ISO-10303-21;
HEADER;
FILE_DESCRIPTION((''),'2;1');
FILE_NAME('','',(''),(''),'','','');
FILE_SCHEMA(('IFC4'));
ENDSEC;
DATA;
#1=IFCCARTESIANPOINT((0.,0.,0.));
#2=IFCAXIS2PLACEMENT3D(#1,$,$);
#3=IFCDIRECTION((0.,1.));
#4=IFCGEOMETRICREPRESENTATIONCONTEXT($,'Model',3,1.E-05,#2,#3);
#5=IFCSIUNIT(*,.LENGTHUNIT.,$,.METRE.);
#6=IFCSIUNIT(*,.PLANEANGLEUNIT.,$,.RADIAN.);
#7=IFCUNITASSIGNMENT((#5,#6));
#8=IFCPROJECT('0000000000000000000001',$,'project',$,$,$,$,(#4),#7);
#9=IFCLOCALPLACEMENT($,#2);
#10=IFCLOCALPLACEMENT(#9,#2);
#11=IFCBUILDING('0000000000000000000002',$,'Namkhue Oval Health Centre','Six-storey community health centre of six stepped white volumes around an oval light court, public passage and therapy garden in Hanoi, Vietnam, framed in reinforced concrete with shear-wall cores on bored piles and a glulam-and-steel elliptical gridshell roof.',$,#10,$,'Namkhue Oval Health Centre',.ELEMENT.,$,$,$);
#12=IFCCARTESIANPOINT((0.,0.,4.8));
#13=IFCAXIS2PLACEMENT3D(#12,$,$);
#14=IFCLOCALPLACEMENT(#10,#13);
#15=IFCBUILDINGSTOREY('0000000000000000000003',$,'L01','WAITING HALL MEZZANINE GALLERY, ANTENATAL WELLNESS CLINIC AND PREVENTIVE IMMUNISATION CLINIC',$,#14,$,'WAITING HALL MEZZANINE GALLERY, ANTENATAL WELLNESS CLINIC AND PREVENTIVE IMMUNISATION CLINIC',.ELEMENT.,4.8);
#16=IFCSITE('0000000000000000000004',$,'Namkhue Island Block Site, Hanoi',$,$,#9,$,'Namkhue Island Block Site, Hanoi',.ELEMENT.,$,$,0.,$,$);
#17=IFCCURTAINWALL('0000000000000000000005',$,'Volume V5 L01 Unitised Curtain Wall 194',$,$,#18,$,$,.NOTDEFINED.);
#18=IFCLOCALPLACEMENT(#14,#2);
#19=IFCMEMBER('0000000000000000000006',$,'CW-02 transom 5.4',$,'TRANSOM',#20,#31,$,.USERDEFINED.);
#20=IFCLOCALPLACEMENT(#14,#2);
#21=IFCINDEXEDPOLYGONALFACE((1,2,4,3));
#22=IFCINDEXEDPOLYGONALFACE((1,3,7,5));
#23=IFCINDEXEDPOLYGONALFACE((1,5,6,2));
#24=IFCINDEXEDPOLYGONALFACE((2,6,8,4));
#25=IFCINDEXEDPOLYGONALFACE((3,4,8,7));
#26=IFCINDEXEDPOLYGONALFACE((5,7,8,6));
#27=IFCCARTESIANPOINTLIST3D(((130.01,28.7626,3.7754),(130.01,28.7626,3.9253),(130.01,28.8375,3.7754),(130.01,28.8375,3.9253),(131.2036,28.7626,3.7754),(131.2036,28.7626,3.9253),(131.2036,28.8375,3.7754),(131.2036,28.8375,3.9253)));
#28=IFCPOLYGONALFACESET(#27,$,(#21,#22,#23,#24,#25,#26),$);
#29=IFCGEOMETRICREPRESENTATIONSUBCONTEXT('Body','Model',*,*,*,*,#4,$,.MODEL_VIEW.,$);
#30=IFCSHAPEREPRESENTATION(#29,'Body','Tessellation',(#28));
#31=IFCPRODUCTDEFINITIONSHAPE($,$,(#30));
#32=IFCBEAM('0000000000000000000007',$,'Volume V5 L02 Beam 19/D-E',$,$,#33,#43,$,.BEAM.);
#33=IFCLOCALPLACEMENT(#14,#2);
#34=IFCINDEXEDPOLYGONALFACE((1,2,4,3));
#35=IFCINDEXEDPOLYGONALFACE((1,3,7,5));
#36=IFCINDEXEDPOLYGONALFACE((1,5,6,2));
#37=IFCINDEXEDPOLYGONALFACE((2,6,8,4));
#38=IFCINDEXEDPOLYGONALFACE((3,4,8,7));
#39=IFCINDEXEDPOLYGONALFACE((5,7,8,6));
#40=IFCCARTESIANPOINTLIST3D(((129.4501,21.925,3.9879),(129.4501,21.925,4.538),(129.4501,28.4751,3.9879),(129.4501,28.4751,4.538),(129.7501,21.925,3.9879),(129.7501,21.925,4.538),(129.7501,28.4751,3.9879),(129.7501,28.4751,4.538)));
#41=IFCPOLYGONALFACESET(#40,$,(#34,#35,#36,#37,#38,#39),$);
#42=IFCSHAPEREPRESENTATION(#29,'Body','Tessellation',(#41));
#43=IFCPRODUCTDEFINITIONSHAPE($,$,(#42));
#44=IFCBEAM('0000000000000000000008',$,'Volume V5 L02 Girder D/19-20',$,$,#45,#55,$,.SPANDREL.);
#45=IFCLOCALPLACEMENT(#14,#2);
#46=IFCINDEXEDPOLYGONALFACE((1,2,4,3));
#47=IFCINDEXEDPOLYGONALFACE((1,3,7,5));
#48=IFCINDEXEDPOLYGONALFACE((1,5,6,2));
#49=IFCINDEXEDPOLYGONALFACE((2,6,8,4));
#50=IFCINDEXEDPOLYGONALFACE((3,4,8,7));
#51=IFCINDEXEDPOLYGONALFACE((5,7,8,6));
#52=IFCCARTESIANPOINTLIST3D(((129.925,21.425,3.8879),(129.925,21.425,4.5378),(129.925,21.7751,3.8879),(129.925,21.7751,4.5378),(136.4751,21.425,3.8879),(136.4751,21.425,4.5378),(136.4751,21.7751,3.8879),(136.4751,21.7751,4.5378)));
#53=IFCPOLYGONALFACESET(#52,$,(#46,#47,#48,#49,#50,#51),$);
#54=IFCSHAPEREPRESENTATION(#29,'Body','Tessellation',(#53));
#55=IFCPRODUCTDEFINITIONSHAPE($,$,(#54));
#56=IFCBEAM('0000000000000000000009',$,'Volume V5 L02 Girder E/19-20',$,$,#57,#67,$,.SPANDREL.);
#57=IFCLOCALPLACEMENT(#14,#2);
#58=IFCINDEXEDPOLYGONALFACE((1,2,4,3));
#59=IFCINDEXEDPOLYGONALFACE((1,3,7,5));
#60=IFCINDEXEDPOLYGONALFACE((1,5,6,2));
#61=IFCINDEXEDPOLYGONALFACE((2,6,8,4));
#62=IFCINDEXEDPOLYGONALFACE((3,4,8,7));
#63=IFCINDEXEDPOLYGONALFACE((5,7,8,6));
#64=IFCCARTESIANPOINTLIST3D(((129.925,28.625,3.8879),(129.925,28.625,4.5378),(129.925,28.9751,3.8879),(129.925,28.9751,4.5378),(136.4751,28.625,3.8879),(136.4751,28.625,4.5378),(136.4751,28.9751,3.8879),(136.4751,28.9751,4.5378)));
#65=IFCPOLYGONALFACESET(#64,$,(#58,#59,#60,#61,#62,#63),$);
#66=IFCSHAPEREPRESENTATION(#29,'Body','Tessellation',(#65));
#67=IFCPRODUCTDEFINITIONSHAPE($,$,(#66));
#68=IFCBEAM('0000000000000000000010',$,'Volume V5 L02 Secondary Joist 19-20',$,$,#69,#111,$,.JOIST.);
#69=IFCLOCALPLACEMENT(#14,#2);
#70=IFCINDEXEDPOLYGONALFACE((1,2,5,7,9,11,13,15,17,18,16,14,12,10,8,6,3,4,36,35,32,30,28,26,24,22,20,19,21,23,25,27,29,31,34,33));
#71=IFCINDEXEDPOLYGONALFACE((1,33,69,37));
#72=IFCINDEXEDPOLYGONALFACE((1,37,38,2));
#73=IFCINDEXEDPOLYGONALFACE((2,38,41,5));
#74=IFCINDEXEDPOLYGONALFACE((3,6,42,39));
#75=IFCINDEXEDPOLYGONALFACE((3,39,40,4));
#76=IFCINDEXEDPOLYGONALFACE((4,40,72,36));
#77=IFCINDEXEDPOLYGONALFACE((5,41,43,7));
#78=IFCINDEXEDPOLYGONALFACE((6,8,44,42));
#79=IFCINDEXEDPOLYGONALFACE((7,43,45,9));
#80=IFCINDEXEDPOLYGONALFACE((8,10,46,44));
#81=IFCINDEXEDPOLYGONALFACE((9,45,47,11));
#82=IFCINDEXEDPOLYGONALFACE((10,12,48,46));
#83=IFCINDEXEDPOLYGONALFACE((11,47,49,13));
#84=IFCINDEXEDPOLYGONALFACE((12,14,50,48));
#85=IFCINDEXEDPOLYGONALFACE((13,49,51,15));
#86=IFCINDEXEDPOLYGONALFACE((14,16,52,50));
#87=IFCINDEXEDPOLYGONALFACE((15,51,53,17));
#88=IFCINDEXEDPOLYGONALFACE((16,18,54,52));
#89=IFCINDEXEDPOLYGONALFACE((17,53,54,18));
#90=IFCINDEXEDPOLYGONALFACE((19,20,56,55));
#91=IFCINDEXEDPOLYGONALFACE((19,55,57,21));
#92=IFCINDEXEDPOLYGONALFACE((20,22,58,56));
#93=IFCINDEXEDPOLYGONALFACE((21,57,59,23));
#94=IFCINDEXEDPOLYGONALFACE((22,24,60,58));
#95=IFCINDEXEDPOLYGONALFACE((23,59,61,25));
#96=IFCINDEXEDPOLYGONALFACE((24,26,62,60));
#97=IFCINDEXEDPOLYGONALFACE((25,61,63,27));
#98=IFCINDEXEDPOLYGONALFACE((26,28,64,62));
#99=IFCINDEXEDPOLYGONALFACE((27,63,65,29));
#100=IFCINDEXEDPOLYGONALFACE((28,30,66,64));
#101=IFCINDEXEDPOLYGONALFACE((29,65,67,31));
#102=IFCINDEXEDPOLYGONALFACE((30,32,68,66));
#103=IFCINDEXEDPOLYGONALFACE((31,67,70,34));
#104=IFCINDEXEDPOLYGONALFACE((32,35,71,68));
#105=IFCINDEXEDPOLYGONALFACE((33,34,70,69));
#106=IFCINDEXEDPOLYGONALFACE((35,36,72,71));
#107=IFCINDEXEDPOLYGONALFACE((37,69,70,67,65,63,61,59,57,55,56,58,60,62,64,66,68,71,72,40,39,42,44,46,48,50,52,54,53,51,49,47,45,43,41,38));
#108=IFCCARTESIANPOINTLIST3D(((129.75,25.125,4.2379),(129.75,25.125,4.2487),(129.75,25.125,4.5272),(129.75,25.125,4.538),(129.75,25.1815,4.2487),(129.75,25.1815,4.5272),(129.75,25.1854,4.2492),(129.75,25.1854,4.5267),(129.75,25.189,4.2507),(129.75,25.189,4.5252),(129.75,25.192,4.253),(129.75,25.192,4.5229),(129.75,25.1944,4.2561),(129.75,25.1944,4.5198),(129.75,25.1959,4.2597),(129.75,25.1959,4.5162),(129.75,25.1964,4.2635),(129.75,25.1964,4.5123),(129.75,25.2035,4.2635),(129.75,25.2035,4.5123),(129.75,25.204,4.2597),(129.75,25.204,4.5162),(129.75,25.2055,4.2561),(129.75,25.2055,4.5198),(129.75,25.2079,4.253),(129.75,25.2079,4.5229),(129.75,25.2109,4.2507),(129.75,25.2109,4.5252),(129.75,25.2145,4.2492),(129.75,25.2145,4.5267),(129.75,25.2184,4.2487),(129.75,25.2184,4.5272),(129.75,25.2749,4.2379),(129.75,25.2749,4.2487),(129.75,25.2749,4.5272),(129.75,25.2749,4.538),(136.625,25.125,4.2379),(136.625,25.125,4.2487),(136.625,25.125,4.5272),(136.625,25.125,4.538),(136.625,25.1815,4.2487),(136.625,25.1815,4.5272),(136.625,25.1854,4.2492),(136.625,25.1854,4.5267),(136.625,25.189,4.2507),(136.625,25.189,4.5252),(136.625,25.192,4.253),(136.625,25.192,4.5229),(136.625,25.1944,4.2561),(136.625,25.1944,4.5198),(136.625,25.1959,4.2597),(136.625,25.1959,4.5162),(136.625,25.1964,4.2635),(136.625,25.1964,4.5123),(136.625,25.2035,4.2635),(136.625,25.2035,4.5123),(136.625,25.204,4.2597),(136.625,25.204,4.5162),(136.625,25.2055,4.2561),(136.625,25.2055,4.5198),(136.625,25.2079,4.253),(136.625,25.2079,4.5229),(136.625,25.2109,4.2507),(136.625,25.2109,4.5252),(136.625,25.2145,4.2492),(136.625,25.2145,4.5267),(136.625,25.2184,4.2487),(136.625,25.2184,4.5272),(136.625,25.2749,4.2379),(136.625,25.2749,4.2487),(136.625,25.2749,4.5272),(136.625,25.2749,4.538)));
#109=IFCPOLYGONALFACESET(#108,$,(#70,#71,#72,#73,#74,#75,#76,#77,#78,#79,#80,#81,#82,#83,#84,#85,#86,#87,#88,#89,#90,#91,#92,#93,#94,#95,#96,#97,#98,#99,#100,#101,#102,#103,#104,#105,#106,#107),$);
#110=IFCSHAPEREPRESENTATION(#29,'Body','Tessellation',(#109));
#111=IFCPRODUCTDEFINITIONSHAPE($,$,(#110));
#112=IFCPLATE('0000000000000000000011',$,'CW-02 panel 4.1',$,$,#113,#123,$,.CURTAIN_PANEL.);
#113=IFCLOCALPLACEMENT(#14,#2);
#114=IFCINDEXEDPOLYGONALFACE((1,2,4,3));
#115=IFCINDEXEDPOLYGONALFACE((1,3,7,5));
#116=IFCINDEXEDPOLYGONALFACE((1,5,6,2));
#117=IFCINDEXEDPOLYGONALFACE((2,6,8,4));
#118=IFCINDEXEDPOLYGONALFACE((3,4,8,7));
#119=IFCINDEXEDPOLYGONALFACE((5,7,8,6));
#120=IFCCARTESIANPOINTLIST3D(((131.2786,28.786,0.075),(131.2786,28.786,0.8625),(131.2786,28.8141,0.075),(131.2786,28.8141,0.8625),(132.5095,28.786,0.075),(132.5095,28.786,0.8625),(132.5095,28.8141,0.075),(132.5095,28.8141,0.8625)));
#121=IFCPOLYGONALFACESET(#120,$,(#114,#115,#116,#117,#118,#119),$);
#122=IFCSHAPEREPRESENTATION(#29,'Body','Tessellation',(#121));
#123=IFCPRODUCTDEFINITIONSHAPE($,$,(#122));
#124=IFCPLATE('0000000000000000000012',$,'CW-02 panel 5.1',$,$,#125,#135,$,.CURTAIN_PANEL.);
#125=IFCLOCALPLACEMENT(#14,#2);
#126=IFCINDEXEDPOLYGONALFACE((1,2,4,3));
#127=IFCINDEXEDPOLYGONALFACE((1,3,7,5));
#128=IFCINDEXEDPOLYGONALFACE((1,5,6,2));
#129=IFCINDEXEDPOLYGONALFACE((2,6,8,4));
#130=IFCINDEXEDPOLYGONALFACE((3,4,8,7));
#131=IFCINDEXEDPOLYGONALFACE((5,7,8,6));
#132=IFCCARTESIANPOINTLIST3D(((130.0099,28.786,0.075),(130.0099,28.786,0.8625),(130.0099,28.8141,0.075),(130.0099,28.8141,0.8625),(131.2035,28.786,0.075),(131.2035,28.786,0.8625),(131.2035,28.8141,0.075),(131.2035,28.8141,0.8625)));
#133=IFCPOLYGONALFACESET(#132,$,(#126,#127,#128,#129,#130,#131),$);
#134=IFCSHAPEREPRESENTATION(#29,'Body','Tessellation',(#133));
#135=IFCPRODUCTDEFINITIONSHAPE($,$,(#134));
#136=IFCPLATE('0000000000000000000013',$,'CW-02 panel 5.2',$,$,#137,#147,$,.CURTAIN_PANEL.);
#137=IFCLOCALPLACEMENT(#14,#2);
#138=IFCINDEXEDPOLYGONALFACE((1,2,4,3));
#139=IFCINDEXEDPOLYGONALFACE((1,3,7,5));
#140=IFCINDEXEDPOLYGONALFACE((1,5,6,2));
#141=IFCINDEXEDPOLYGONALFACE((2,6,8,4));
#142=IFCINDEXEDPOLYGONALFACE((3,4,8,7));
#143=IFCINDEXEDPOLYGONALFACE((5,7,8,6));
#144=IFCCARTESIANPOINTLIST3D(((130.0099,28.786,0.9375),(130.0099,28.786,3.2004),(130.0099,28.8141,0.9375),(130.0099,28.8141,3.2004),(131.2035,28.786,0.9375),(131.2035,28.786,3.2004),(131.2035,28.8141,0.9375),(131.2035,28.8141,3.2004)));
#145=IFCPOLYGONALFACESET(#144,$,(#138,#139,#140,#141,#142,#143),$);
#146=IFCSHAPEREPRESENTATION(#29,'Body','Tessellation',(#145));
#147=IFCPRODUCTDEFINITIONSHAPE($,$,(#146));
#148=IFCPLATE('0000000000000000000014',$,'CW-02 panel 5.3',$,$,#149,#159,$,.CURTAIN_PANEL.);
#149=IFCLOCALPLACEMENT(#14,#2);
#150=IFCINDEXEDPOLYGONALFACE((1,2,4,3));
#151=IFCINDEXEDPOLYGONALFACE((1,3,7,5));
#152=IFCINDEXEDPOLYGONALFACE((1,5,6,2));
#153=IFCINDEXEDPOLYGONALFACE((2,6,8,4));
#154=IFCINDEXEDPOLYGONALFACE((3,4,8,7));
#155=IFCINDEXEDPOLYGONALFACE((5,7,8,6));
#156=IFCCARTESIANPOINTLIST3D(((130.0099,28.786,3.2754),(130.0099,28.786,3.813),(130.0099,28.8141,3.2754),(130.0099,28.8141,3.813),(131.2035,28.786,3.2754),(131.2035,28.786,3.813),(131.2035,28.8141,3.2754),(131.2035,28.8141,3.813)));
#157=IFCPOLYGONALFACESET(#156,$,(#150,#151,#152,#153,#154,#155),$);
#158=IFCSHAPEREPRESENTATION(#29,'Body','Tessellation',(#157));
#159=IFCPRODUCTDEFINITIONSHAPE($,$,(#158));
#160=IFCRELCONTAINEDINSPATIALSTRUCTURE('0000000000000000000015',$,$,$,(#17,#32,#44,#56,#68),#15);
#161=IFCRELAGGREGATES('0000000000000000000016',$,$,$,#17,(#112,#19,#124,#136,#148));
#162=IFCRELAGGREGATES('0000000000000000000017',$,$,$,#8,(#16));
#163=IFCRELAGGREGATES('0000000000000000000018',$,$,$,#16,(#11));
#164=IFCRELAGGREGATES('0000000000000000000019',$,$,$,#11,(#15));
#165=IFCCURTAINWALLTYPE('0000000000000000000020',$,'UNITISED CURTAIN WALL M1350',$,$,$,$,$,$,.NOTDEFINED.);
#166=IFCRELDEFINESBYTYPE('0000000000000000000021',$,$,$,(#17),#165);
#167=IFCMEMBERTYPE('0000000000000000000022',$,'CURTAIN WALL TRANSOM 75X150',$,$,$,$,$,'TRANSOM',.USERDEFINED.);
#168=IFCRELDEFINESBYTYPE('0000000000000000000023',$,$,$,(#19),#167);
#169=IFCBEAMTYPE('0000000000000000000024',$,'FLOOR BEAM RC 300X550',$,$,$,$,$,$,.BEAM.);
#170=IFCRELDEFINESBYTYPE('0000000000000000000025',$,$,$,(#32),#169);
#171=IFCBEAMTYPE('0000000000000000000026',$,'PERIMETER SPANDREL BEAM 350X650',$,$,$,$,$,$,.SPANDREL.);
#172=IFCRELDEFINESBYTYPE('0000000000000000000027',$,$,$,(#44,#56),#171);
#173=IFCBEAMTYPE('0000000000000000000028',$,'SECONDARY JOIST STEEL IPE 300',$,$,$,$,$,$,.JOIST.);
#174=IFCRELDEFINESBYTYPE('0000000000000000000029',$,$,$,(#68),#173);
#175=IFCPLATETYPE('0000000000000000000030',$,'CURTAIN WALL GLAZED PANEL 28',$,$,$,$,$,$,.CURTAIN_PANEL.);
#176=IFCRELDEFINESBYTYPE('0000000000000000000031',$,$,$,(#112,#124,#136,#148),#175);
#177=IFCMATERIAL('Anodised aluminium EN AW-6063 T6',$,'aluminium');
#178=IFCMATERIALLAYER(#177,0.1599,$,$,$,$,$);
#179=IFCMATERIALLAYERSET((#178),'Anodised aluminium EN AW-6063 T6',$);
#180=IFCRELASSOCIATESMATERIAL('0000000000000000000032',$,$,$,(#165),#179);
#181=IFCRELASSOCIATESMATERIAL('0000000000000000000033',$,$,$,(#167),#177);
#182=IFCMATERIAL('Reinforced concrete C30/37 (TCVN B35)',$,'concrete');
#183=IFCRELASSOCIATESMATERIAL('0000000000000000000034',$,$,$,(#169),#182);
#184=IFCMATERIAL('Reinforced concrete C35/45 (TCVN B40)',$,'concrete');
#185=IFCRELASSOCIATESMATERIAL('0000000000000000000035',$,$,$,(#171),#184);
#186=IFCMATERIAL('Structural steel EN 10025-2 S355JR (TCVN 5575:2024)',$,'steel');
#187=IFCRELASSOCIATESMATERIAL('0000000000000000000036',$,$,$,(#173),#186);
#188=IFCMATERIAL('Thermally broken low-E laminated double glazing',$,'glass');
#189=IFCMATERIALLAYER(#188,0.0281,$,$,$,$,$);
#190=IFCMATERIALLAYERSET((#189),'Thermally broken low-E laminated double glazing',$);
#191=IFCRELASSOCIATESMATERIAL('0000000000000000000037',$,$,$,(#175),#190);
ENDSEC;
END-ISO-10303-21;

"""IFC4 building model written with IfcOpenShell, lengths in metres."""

from ifc_helpers import new_model, si_unit, direction, frame, origin, origin_2d, place, context, subcontext, project, spatial, rectangle, i_section, extrude, material, layer, layer_set, material_profile, profile_set, type_object, element, aggregate, save


model = new_model("IFC4")

# Units and contexts
model_context = context("Model", 3, precision=1e-05, world=origin(), true_north=direction((0.0, 1.0)))
body_context = subcontext(model_context, "Body", "Model", "MODEL_VIEW")
ifc_project = project(units=[si_unit("LENGTHUNIT", "METRE"), si_unit("PLANEANGLEUNIT", "RADIAN")], contexts=[model_context])

# Site, building, storey
site_placement = place(None, origin())
site = spatial("IfcSite", under=ifc_project, at=site_placement, Name="Namkhue Island Block Site, Hanoi", LongName="Namkhue Island Block Site, Hanoi", CompositionType="ELEMENT", RefElevation=0.0)
building_placement = place(site_placement, origin())
building = spatial("IfcBuilding", under=site, at=building_placement, Name="Namkhue Oval Health Centre", Description="Six-storey community health centre of six stepped white volumes around an oval light court, public passage and therapy garden in Hanoi, Vietnam, framed in reinforced concrete with shear-wall cores on bored piles and a glulam-and-steel elliptical gridshell roof.", LongName="Namkhue Oval Health Centre", CompositionType="ELEMENT")
storey_placement = place(building_placement, frame((0.0, 0.0, 4.8)))
storey = spatial("IfcBuildingStorey", under=building, at=storey_placement, Name="L01", Description="WAITING HALL MEZZANINE GALLERY, ANTENATAL WELLNESS CLINIC AND PREVENTIVE IMMUNISATION CLINIC", LongName="WAITING HALL MEZZANINE GALLERY, ANTENATAL WELLNESS CLINIC AND PREVENTIVE IMMUNISATION CLINIC", CompositionType="ELEMENT", Elevation=4.8)

# Shared definitions
ifc_material_1 = material(Name="Reinforced concrete C35/45 (TCVN B40)", Category="concrete")

# Curtain wall, member
ifc_material_2 = material(Name="Anodised aluminium EN AW-6063 T6", Category="aluminium")
ifc_layer_1 = layer(ifc_material_2, 0.1599)
ifc_layer_set_1 = layer_set([ifc_layer_1], Name="Anodised aluminium EN AW-6063 T6")
curtain_wall_type = type_object("IfcCurtainWallType", Name="UNITISED CURTAIN WALL M1350", PredefinedType="NOTDEFINED", material=ifc_layer_set_1)
curtain_wall_placement = place(storey_placement, origin())
curtain_wall = element("IfcCurtainWall", 1, at=curtain_wall_placement, inside=storey, type_object=curtain_wall_type, Name="Volume V5 L01 Unitised Curtain Wall 194", PredefinedType="NOTDEFINED")
ifc_material_profile_1 = material_profile(ifc_material_2, rectangle(XDim=0.075, YDim=0.1499, at=origin_2d()), Name="ALU 75x150")
ifc_profile_set_1 = profile_set([ifc_material_profile_1], Name="Anodised aluminium EN AW-6063 T6")
member_type_1 = type_object("IfcMemberType", Name="CURTAIN WALL TRANSOM 75X150", ElementType="TRANSOM", PredefinedType="USERDEFINED", material=ifc_profile_set_1)
member_1_placement = place(storey_placement, frame((131.2036, 28.8, 3.8503), z_axis=(-1.0, 0.0, 0.0), x_axis=(0.0, -1.0, 0.0)))
member_1 = element("IfcMember", 2, at=member_1_placement, type_object=member_type_1, Name="CW-02 transom 5.4", ObjectType="TRANSOM", PredefinedType="USERDEFINED", context=body_context, shape_type="SweptSolid", body=[
    extrude(rectangle(XDim=0.075, YDim=0.1499, at=origin_2d()), origin(), (0.0, 0.0, 1.0), 1.1936),
])

# Beams
ifc_material_3 = material(Name="Reinforced concrete C30/37 (TCVN B35)", Category="concrete")
ifc_material_profile_2 = material_profile(ifc_material_3, rectangle(XDim=0.3, YDim=0.55, at=origin_2d()), Name="RC 300x550")
ifc_profile_set_2 = profile_set([ifc_material_profile_2], Name="Reinforced concrete C30/37 (TCVN B35)")
beam_type_1 = type_object("IfcBeamType", Name="FLOOR BEAM RC 300X550", PredefinedType="BEAM", material=ifc_profile_set_2)
beam_1_placement = place(storey_placement, frame((129.6001, 21.925, 4.2629), z_axis=(0.0, 1.0, 0.0), x_axis=(-1.0, 0.0, 0.0)))
element("IfcBeam", 3, at=beam_1_placement, inside=storey, type_object=beam_type_1, Name="Volume V5 L02 Beam 19/D-E", PredefinedType="BEAM", context=body_context, shape_type="SweptSolid", body=[
    extrude(rectangle(XDim=0.3, YDim=0.55, at=origin_2d()), origin(), (0.0, 0.0, 1.0), 6.55),
])
ifc_material_profile_3 = material_profile(ifc_material_1, rectangle(XDim=0.3501, YDim=0.6499, at=origin_2d()), Name="RC 350x650")
ifc_profile_set_3 = profile_set([ifc_material_profile_3], Name="Reinforced concrete C35/45 (TCVN B40)")
beam_type_2 = type_object("IfcBeamType", Name="PERIMETER SPANDREL BEAM 350X650", PredefinedType="SPANDREL", material=ifc_profile_set_3)
for number, where, z_axis, x_axis, name in (
    (4, (129.925, 21.6001, 4.2129), (1.0, 0.0, 0.0), (0.0, 1.0, 0.0), "Volume V5 L02 Girder D/19-20"),
    (5, (129.925, 28.8, 4.2129), (1.0, 0.0, 0.0), (0.0, 1.0, 0.0), "Volume V5 L02 Girder E/19-20"),
):
    element("IfcBeam", number, at=place(storey_placement, frame(where, z_axis=z_axis, x_axis=x_axis)), inside=storey, type_object=beam_type_2, Name=name, PredefinedType="SPANDREL", context=body_context, shape_type="SweptSolid", body=[
        extrude(rectangle(XDim=0.3501, YDim=0.6499, at=origin_2d()), origin(), (0.0, 0.0, 1.0), 6.55),
    ])
ifc_material_4 = material(Name="Structural steel EN 10025-2 S355JR (TCVN 5575:2024)", Category="steel")
ifc_material_profile_4 = material_profile(ifc_material_4, i_section(OverallWidth=0.1499, OverallDepth=0.3, WebThickness=0.0071, FlangeThickness=0.0107, FilletRadius=0.0149, at=origin_2d()), Name="IPE 300")
ifc_profile_set_4 = profile_set([ifc_material_profile_4], Name="Structural steel EN 10025-2 S355JR (TCVN 5575:2024)")
beam_type_3 = type_object("IfcBeamType", Name="SECONDARY JOIST STEEL IPE 300", PredefinedType="JOIST", material=ifc_profile_set_4)
beam_2_placement = place(storey_placement, frame((129.75, 25.2, 4.3879), z_axis=(1.0, 0.0, 0.0), x_axis=(0.0, 1.0, 0.0)))
element("IfcBeam", 6, at=beam_2_placement, inside=storey, type_object=beam_type_3, Name="Volume V5 L02 Secondary Joist 19-20", PredefinedType="JOIST", context=body_context, shape_type="SweptSolid", body=[
    extrude(i_section(OverallWidth=0.1499, OverallDepth=0.3, WebThickness=0.0071, FlangeThickness=0.0107, FilletRadius=0.0149, at=origin_2d()), origin(), (0.0, 0.0, 1.0), 6.875),
])

# Plates
ifc_material_5 = material(Name="Thermally broken low-E laminated double glazing", Category="glass")
ifc_layer_2 = layer(ifc_material_5, 0.0281)
ifc_layer_set_2 = layer_set([ifc_layer_2], Name="Thermally broken low-E laminated double glazing")
plate_type = type_object("IfcPlateType", Name="CURTAIN WALL GLAZED PANEL 28", PredefinedType="CURTAIN_PANEL", material=ifc_layer_set_2)
plate_1_placement = place(storey_placement, frame((131.894, 28.8, 0.075), z_axis=(0.0, 0.0, 1.0), x_axis=(-1.0, 0.0, 0.0)))
plate_1 = element("IfcPlate", 7, at=plate_1_placement, type_object=plate_type, Name="CW-02 panel 4.1", PredefinedType="CURTAIN_PANEL", context=body_context, shape_type="SweptSolid", body=[
    extrude(rectangle(XDim=1.231, YDim=0.0281, at=origin_2d()), origin(), (0.0, 0.0, 1.0), 0.7876),
])
plate_2_placement = place(storey_placement, frame((130.6067, 28.8, 0.075), z_axis=(0.0, 0.0, 1.0), x_axis=(-1.0, 0.0, 0.0)))
plate_2 = element("IfcPlate", 8, at=plate_2_placement, type_object=plate_type, Name="CW-02 panel 5.1", PredefinedType="CURTAIN_PANEL", context=body_context, shape_type="SweptSolid", body=[
    extrude(rectangle(XDim=1.1936, YDim=0.0281, at=origin_2d()), origin(), (0.0, 0.0, 1.0), 0.7876),
])
plate_3_placement = place(storey_placement, frame((130.6067, 28.8, 0.9375), z_axis=(0.0, 0.0, 1.0), x_axis=(-1.0, 0.0, 0.0)))
plate_3 = element("IfcPlate", 9, at=plate_3_placement, type_object=plate_type, Name="CW-02 panel 5.2", PredefinedType="CURTAIN_PANEL", context=body_context, shape_type="SweptSolid", body=[
    extrude(rectangle(XDim=1.1936, YDim=0.0281, at=origin_2d()), origin(), (0.0, 0.0, 1.0), 2.2629),
])
plate_4_placement = place(storey_placement, frame((130.6067, 28.8, 3.2754), z_axis=(0.0, 0.0, 1.0), x_axis=(-1.0, 0.0, 0.0)))
plate_4 = element("IfcPlate", 10, at=plate_4_placement, type_object=plate_type, Name="CW-02 panel 5.3", PredefinedType="CURTAIN_PANEL", context=body_context, shape_type="SweptSolid", body=[
    extrude(rectangle(XDim=1.1936, YDim=0.0281, at=origin_2d()), origin(), (0.0, 0.0, 1.0), 0.5376),
])
aggregate(curtain_wall, [plate_1, member_1, plate_2, plate_3, plate_4])

save(model, "model.ifc")
